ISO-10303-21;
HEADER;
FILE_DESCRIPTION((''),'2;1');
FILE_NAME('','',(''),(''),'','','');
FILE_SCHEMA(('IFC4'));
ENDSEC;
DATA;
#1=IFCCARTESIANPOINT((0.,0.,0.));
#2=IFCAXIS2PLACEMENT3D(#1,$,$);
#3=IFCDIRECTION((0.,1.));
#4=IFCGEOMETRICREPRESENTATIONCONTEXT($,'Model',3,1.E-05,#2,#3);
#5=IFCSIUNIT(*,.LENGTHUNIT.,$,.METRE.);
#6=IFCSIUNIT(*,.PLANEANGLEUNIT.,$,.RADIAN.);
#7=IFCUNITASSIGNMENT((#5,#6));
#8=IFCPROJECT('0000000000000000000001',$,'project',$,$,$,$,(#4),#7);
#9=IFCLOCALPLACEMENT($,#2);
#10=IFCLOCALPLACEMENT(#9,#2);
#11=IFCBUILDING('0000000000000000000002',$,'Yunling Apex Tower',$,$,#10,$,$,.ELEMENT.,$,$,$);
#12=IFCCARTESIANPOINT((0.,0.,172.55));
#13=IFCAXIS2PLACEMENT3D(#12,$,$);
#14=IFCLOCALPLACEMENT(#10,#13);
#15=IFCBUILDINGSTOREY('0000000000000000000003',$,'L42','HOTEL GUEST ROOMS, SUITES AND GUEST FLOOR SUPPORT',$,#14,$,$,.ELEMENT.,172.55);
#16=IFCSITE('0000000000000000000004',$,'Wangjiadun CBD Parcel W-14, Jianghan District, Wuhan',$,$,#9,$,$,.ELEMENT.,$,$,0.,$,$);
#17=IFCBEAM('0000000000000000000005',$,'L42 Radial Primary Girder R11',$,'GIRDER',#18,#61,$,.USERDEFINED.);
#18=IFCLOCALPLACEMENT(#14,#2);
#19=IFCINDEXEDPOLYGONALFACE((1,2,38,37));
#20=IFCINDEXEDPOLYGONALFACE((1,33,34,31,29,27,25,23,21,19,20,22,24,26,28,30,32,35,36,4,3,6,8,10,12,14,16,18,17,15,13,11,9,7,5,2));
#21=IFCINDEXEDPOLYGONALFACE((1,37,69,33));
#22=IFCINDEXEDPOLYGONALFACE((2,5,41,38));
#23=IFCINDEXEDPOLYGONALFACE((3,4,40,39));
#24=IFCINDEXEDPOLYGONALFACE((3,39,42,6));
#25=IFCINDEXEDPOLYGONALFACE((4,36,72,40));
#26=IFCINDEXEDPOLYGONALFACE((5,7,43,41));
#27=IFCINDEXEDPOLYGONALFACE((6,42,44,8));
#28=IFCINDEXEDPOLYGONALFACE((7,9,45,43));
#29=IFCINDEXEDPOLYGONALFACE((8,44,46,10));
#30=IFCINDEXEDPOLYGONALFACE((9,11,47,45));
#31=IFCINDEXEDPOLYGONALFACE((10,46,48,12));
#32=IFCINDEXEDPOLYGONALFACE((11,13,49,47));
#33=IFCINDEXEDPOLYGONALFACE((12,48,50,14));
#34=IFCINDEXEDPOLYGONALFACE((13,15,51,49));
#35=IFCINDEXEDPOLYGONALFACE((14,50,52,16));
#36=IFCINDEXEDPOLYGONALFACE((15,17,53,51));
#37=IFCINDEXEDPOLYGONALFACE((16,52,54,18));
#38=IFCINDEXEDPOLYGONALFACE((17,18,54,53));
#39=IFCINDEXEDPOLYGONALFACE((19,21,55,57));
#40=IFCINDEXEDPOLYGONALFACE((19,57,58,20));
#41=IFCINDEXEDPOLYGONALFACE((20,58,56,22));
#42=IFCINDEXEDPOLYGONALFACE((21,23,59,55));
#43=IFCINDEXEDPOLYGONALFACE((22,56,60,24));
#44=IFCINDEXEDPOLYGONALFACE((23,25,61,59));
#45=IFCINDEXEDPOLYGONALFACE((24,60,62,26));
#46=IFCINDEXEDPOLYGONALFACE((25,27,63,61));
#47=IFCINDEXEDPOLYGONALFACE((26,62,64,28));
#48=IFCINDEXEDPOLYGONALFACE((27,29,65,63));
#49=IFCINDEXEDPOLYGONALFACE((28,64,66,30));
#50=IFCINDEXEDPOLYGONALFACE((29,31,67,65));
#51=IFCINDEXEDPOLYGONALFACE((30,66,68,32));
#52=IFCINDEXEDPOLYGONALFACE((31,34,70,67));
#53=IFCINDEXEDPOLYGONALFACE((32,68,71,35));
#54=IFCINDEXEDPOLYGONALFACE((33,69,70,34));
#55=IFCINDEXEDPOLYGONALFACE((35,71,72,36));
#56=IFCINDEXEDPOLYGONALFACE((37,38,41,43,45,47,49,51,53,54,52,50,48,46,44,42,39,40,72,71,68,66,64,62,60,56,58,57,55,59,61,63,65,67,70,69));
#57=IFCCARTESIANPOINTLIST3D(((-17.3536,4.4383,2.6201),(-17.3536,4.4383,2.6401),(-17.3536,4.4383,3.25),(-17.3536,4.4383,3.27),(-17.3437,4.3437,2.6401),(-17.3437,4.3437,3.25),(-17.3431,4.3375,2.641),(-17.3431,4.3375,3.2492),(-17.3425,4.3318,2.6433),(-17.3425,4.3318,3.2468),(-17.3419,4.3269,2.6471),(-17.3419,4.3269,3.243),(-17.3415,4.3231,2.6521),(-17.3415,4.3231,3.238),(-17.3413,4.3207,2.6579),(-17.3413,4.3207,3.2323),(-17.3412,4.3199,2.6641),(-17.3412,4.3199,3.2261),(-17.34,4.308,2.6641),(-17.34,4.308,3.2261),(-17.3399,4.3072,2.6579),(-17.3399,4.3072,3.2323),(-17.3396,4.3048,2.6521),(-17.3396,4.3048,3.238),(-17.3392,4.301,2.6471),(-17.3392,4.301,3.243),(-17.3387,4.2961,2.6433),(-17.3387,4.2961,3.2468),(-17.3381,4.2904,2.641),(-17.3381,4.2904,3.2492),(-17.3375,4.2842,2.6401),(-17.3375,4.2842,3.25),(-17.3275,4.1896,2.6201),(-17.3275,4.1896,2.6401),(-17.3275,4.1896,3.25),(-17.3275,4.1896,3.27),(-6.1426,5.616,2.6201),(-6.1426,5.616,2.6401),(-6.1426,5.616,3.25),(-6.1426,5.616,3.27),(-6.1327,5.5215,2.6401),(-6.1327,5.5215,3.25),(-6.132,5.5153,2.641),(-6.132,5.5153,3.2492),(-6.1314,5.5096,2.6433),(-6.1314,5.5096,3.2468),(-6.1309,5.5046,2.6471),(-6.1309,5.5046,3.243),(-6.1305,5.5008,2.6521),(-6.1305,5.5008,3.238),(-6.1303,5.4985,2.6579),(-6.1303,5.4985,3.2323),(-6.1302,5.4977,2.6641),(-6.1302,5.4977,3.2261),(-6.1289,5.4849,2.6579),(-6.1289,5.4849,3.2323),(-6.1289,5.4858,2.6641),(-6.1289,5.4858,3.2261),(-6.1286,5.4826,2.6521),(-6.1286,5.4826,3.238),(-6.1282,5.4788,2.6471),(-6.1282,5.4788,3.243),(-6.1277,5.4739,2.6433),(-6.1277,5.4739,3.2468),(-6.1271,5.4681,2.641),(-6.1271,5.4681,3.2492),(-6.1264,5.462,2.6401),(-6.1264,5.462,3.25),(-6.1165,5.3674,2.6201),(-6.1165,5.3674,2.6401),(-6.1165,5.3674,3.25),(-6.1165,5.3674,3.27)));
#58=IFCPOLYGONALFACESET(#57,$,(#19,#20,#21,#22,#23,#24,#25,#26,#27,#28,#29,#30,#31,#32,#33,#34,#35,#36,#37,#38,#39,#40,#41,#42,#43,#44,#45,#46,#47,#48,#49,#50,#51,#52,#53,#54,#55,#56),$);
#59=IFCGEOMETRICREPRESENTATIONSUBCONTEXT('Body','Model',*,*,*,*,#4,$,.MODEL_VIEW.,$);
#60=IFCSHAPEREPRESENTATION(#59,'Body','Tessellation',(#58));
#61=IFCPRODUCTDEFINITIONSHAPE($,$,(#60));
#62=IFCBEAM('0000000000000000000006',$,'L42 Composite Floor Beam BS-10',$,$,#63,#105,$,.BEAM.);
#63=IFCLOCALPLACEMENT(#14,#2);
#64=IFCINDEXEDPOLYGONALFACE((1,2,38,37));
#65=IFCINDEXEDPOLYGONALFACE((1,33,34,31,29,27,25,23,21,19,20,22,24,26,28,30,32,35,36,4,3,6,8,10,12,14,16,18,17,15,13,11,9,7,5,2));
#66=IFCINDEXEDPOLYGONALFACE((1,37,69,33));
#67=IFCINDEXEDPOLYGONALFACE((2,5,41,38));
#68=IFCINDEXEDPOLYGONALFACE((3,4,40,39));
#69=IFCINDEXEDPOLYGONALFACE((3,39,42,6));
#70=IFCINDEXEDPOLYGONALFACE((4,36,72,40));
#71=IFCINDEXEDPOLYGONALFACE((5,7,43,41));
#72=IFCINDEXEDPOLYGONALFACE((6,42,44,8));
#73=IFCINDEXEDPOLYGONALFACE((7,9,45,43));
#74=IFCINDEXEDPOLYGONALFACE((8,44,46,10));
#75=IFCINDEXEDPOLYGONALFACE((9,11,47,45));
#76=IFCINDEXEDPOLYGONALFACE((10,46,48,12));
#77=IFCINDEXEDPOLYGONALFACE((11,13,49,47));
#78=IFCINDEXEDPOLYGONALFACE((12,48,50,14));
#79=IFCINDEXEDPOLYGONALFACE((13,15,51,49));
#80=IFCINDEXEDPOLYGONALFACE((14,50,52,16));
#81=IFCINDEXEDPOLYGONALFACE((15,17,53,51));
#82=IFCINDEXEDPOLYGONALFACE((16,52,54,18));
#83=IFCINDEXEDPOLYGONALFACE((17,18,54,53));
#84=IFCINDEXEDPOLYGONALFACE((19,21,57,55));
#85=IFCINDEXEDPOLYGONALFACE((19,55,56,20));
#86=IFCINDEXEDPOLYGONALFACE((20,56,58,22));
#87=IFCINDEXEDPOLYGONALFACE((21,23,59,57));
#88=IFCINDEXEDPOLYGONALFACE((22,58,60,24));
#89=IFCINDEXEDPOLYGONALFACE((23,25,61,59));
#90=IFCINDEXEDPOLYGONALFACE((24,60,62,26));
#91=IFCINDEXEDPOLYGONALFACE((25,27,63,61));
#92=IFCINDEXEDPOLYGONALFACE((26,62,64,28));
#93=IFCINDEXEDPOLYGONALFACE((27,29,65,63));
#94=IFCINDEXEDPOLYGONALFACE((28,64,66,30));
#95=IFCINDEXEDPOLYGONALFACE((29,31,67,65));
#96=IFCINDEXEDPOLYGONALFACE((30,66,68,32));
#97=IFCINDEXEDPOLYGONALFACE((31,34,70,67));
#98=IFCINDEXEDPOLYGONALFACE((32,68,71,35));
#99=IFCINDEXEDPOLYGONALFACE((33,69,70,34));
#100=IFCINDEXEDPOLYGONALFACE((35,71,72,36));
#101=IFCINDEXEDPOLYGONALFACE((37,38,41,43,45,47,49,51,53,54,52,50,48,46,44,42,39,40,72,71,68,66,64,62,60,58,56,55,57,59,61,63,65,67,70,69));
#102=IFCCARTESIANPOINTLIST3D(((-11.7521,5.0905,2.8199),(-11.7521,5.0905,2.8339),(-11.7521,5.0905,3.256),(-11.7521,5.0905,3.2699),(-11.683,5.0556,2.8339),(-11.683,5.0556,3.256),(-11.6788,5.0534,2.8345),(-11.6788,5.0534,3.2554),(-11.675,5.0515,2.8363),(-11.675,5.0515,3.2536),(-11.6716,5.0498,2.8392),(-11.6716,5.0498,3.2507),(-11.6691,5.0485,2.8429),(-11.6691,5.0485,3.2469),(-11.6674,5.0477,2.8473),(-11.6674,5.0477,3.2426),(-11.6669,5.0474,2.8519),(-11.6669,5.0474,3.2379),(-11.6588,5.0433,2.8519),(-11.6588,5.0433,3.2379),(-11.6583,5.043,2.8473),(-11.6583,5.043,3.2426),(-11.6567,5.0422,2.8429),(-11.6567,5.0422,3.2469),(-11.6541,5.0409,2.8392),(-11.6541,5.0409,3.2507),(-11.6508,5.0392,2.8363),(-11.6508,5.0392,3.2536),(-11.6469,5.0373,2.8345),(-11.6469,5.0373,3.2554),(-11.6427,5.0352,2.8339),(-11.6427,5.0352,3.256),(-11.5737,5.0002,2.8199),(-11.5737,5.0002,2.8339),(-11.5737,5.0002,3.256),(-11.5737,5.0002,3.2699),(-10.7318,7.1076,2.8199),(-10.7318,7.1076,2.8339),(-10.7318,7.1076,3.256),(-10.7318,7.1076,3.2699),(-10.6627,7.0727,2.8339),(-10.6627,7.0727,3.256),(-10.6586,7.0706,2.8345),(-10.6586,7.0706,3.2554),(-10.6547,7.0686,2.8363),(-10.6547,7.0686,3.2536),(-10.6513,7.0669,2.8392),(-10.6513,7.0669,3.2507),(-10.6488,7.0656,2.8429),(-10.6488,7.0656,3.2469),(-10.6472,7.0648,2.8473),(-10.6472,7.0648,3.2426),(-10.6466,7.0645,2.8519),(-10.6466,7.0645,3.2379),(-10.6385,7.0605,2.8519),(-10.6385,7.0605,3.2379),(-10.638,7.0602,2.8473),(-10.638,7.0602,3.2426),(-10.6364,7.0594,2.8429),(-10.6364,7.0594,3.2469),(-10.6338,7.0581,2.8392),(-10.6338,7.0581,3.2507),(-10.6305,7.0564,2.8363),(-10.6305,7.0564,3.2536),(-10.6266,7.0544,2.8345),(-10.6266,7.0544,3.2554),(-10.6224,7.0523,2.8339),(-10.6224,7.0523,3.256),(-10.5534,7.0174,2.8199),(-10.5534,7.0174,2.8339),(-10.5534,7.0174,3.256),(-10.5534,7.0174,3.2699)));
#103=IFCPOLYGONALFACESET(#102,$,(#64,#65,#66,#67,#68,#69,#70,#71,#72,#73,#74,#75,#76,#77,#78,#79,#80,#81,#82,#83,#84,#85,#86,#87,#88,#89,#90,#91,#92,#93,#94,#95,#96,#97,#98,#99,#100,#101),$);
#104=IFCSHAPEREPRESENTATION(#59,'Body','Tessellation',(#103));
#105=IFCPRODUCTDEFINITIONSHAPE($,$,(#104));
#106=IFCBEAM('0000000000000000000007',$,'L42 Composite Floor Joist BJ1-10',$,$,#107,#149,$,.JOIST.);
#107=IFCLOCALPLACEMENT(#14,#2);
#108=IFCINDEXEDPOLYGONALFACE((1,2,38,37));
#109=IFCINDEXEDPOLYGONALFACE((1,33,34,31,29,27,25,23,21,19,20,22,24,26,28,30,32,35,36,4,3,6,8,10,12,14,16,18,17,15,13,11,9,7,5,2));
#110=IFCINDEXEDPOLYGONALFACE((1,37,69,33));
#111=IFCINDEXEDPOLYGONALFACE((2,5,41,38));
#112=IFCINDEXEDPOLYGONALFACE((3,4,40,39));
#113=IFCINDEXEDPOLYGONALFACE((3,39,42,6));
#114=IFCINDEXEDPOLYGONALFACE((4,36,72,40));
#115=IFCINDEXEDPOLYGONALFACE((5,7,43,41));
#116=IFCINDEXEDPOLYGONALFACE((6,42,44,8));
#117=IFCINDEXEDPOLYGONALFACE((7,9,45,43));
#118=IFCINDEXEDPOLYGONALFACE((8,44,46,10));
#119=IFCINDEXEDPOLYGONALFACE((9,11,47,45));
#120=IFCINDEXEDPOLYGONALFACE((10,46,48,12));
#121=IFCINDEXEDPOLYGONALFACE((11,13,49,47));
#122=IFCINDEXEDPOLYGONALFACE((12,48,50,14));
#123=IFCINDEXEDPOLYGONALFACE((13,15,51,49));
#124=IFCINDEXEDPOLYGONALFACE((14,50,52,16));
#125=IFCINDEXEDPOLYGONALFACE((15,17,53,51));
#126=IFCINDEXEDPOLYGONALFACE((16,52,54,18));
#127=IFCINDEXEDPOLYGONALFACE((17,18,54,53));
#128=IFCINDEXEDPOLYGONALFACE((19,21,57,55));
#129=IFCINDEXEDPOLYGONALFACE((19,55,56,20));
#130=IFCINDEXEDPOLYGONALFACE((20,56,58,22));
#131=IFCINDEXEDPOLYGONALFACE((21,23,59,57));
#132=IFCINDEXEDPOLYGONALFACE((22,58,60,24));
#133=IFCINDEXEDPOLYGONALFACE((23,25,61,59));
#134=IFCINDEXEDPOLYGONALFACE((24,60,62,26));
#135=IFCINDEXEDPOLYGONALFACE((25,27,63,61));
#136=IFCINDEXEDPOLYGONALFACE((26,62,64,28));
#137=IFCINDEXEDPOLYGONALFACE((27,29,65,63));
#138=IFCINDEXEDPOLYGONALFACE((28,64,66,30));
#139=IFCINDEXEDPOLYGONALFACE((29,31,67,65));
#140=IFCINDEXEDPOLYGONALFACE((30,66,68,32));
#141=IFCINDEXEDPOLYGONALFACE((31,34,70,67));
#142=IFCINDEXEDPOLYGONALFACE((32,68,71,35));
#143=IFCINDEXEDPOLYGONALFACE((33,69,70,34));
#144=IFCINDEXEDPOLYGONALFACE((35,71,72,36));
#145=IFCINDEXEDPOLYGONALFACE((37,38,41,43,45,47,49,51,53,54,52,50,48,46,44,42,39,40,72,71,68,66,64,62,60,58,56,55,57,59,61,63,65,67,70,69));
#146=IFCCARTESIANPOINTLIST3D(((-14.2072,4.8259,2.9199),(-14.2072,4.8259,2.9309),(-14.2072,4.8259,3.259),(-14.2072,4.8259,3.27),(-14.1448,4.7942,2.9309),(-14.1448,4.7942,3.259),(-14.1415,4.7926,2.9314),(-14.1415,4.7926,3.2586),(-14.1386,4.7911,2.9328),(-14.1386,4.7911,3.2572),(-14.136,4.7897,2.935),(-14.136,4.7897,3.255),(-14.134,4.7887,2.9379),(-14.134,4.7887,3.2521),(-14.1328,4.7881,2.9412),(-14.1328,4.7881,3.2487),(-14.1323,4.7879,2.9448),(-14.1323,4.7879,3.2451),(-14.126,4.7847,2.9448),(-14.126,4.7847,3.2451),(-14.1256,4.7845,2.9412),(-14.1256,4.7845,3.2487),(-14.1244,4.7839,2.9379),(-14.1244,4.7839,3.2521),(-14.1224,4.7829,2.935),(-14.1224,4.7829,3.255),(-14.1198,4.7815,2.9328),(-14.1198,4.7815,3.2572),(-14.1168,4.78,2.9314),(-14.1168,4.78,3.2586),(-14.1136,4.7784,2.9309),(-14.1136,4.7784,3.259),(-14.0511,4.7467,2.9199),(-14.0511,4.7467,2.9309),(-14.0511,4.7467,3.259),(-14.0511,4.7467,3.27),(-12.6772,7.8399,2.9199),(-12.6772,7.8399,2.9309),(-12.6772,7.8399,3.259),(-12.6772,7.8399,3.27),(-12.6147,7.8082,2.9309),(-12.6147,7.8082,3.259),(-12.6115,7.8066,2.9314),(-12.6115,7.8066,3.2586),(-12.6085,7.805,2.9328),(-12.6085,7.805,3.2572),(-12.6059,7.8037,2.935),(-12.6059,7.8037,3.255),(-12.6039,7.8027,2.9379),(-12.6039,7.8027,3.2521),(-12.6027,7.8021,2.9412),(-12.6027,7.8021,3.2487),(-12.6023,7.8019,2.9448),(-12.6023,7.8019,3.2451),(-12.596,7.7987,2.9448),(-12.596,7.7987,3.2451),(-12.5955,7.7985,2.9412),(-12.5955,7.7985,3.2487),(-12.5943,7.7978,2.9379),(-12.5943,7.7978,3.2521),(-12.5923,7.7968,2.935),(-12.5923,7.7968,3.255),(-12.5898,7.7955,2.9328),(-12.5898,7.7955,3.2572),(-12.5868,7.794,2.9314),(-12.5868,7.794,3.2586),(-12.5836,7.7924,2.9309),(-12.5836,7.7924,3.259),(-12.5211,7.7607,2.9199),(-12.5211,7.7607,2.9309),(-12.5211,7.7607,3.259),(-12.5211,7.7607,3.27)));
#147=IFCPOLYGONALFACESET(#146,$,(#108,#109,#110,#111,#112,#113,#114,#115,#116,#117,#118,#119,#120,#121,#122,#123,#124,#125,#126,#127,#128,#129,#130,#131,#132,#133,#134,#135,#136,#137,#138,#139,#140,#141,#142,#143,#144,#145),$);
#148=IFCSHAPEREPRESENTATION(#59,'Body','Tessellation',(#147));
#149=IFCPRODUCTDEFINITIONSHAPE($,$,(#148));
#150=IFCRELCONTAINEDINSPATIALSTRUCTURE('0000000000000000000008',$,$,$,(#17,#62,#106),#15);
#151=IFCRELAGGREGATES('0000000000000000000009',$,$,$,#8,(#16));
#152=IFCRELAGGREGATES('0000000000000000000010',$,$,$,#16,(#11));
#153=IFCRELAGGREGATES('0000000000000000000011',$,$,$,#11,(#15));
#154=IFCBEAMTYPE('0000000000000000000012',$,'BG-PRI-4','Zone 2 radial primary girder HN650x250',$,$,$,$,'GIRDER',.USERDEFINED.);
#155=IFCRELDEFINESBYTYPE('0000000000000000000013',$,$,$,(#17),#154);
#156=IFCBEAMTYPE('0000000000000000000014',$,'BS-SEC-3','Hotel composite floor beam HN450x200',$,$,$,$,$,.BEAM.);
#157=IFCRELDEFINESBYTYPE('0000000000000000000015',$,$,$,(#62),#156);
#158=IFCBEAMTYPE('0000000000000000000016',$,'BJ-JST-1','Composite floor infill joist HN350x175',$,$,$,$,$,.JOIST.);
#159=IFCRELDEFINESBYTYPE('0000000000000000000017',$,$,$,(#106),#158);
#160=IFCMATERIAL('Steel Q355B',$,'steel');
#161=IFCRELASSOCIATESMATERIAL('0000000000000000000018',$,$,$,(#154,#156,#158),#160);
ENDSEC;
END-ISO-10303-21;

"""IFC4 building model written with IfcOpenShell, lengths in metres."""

from ifc_helpers import new_model, si_unit, direction, frame, origin, origin_2d, place, context, subcontext, project, spatial, i_section, extrude, source, transform, mapped, material, material_profile, profile_set, type_object, element, save


model = new_model("IFC4")

# Units and contexts
model_context = context("Model", 3, precision=1e-05, world=origin(), true_north=direction((0.0, 1.0)))
body_context = subcontext(model_context, "Body", "Model", "MODEL_VIEW")
ifc_project = project(units=[si_unit("LENGTHUNIT", "METRE"), si_unit("PLANEANGLEUNIT", "RADIAN")], contexts=[model_context])

# Site, building, storey
site_placement = place(None, origin())
site = spatial("IfcSite", under=ifc_project, at=site_placement, Name="Wangjiadun CBD Parcel W-14, Jianghan District, Wuhan", CompositionType="ELEMENT", RefElevation=0.0)
building_placement = place(site_placement, origin())
building = spatial("IfcBuilding", under=site, at=building_placement, Name="Yunling Apex Tower", CompositionType="ELEMENT")
storey_placement = place(building_placement, frame((0.0, 0.0, 172.55)))
storey = spatial("IfcBuildingStorey", under=building, at=storey_placement, Name="L42", Description="HOTEL GUEST ROOMS, SUITES AND GUEST FLOOR SUPPORT", CompositionType="ELEMENT", Elevation=172.55)

# Beams
ifc_material_1 = material(Name="Steel Q355B", Category="steel")
ifc_material_profile_1 = material_profile(ifc_material_1, i_section(OverallWidth=0.25, OverallDepth=0.6499, WebThickness=0.012, FlangeThickness=0.02, FilletRadius=0.0239, at=origin_2d()))
ifc_profile_set_1 = profile_set([ifc_material_profile_1], Name="Steel Q355B")
beam_type_1 = type_object("IfcBeamType", Name="BG-PRI-4", Description="Zone 2 radial primary girder HN650x250", ElementType="GIRDER", PredefinedType="USERDEFINED", material=ifc_profile_set_1)
shared_shape_1 = source(origin(), body_context, "Body", "SweptSolid", [
    extrude(i_section(OverallWidth=0.25, OverallDepth=0.6499, WebThickness=0.012, FlangeThickness=0.02, FilletRadius=0.0239, at=origin_2d()), origin(), (0.0, 0.0, 1.0), 11.2727),
])
beam_1_placement = place(storey_placement, frame((-17.3406, 4.314, 2.9451), z_axis=(0.994527, 0.104477, 0.0), x_axis=(-0.104477, 0.994527, 0.0)))
element("IfcBeam", 1, at=beam_1_placement, inside=storey, type_object=beam_type_1, Name="L42 Radial Primary Girder R11", ObjectType="GIRDER", PredefinedType="USERDEFINED", context=body_context, shape_type="MappedRepresentation", body=[
    mapped(shared_shape_1, transform((0.0, 0.0, 0.0), scale=1.0)),
])
ifc_material_profile_2 = material_profile(ifc_material_1, i_section(OverallWidth=0.2, OverallDepth=0.45, WebThickness=0.009, FlangeThickness=0.0139, FilletRadius=0.0181, at=origin_2d()))
ifc_profile_set_2 = profile_set([ifc_material_profile_2], Name="Steel Q355B")
beam_type_2 = type_object("IfcBeamType", Name="BS-SEC-3", Description="Hotel composite floor beam HN450x200", PredefinedType="BEAM", material=ifc_profile_set_2)
shared_shape_2 = source(origin(), body_context, "Body", "SweptSolid", [
    extrude(i_section(OverallWidth=0.2, OverallDepth=0.45, WebThickness=0.009, FlangeThickness=0.0139, FilletRadius=0.0181, at=origin_2d()), origin(), (0.0, 0.0, 1.0), 2.2605),
])
beam_2_placement = place(storey_placement, frame((-10.6426, 7.0625, 3.0449), z_axis=(-0.451356, -0.892344, 0.0), x_axis=(0.892344, -0.451356, 0.0)))
element("IfcBeam", 2, at=beam_2_placement, inside=storey, type_object=beam_type_2, Name="L42 Composite Floor Beam BS-10", PredefinedType="BEAM", context=body_context, shape_type="MappedRepresentation", body=[
    mapped(shared_shape_2, transform((0.0, 0.0, 0.0), scale=1.0)),
])
ifc_material_profile_3 = material_profile(ifc_material_1, i_section(OverallWidth=0.175, OverallDepth=0.3501, WebThickness=0.0071, FlangeThickness=0.011, FilletRadius=0.0139, at=origin_2d()))
ifc_profile_set_3 = profile_set([ifc_material_profile_3], Name="Steel Q355B")
beam_type_3 = type_object("IfcBeamType", Name="BJ-JST-1", Description="Composite floor infill joist HN350x175", PredefinedType="JOIST", material=ifc_profile_set_3)
shared_shape_3 = source(origin(), body_context, "Body", "SweptSolid", [
    extrude(i_section(OverallWidth=0.175, OverallDepth=0.3501, WebThickness=0.0071, FlangeThickness=0.011, FilletRadius=0.0139, at=origin_2d()), origin(), (0.0, 0.0, 1.0), 3.3801),
])
beam_3_placement = place(storey_placement, frame((-12.5991, 7.8003, 3.095), z_axis=(-0.452666, -0.89168, 0.0), x_axis=(0.89168, -0.452666, 0.0)))
element("IfcBeam", 3, at=beam_3_placement, inside=storey, type_object=beam_type_3, Name="L42 Composite Floor Joist BJ1-10", PredefinedType="JOIST", context=body_context, shape_type="MappedRepresentation", body=[
    mapped(shared_shape_3, transform((0.0, 0.0, 0.0), scale=1.0)),
])

save(model, "model.ifc")
